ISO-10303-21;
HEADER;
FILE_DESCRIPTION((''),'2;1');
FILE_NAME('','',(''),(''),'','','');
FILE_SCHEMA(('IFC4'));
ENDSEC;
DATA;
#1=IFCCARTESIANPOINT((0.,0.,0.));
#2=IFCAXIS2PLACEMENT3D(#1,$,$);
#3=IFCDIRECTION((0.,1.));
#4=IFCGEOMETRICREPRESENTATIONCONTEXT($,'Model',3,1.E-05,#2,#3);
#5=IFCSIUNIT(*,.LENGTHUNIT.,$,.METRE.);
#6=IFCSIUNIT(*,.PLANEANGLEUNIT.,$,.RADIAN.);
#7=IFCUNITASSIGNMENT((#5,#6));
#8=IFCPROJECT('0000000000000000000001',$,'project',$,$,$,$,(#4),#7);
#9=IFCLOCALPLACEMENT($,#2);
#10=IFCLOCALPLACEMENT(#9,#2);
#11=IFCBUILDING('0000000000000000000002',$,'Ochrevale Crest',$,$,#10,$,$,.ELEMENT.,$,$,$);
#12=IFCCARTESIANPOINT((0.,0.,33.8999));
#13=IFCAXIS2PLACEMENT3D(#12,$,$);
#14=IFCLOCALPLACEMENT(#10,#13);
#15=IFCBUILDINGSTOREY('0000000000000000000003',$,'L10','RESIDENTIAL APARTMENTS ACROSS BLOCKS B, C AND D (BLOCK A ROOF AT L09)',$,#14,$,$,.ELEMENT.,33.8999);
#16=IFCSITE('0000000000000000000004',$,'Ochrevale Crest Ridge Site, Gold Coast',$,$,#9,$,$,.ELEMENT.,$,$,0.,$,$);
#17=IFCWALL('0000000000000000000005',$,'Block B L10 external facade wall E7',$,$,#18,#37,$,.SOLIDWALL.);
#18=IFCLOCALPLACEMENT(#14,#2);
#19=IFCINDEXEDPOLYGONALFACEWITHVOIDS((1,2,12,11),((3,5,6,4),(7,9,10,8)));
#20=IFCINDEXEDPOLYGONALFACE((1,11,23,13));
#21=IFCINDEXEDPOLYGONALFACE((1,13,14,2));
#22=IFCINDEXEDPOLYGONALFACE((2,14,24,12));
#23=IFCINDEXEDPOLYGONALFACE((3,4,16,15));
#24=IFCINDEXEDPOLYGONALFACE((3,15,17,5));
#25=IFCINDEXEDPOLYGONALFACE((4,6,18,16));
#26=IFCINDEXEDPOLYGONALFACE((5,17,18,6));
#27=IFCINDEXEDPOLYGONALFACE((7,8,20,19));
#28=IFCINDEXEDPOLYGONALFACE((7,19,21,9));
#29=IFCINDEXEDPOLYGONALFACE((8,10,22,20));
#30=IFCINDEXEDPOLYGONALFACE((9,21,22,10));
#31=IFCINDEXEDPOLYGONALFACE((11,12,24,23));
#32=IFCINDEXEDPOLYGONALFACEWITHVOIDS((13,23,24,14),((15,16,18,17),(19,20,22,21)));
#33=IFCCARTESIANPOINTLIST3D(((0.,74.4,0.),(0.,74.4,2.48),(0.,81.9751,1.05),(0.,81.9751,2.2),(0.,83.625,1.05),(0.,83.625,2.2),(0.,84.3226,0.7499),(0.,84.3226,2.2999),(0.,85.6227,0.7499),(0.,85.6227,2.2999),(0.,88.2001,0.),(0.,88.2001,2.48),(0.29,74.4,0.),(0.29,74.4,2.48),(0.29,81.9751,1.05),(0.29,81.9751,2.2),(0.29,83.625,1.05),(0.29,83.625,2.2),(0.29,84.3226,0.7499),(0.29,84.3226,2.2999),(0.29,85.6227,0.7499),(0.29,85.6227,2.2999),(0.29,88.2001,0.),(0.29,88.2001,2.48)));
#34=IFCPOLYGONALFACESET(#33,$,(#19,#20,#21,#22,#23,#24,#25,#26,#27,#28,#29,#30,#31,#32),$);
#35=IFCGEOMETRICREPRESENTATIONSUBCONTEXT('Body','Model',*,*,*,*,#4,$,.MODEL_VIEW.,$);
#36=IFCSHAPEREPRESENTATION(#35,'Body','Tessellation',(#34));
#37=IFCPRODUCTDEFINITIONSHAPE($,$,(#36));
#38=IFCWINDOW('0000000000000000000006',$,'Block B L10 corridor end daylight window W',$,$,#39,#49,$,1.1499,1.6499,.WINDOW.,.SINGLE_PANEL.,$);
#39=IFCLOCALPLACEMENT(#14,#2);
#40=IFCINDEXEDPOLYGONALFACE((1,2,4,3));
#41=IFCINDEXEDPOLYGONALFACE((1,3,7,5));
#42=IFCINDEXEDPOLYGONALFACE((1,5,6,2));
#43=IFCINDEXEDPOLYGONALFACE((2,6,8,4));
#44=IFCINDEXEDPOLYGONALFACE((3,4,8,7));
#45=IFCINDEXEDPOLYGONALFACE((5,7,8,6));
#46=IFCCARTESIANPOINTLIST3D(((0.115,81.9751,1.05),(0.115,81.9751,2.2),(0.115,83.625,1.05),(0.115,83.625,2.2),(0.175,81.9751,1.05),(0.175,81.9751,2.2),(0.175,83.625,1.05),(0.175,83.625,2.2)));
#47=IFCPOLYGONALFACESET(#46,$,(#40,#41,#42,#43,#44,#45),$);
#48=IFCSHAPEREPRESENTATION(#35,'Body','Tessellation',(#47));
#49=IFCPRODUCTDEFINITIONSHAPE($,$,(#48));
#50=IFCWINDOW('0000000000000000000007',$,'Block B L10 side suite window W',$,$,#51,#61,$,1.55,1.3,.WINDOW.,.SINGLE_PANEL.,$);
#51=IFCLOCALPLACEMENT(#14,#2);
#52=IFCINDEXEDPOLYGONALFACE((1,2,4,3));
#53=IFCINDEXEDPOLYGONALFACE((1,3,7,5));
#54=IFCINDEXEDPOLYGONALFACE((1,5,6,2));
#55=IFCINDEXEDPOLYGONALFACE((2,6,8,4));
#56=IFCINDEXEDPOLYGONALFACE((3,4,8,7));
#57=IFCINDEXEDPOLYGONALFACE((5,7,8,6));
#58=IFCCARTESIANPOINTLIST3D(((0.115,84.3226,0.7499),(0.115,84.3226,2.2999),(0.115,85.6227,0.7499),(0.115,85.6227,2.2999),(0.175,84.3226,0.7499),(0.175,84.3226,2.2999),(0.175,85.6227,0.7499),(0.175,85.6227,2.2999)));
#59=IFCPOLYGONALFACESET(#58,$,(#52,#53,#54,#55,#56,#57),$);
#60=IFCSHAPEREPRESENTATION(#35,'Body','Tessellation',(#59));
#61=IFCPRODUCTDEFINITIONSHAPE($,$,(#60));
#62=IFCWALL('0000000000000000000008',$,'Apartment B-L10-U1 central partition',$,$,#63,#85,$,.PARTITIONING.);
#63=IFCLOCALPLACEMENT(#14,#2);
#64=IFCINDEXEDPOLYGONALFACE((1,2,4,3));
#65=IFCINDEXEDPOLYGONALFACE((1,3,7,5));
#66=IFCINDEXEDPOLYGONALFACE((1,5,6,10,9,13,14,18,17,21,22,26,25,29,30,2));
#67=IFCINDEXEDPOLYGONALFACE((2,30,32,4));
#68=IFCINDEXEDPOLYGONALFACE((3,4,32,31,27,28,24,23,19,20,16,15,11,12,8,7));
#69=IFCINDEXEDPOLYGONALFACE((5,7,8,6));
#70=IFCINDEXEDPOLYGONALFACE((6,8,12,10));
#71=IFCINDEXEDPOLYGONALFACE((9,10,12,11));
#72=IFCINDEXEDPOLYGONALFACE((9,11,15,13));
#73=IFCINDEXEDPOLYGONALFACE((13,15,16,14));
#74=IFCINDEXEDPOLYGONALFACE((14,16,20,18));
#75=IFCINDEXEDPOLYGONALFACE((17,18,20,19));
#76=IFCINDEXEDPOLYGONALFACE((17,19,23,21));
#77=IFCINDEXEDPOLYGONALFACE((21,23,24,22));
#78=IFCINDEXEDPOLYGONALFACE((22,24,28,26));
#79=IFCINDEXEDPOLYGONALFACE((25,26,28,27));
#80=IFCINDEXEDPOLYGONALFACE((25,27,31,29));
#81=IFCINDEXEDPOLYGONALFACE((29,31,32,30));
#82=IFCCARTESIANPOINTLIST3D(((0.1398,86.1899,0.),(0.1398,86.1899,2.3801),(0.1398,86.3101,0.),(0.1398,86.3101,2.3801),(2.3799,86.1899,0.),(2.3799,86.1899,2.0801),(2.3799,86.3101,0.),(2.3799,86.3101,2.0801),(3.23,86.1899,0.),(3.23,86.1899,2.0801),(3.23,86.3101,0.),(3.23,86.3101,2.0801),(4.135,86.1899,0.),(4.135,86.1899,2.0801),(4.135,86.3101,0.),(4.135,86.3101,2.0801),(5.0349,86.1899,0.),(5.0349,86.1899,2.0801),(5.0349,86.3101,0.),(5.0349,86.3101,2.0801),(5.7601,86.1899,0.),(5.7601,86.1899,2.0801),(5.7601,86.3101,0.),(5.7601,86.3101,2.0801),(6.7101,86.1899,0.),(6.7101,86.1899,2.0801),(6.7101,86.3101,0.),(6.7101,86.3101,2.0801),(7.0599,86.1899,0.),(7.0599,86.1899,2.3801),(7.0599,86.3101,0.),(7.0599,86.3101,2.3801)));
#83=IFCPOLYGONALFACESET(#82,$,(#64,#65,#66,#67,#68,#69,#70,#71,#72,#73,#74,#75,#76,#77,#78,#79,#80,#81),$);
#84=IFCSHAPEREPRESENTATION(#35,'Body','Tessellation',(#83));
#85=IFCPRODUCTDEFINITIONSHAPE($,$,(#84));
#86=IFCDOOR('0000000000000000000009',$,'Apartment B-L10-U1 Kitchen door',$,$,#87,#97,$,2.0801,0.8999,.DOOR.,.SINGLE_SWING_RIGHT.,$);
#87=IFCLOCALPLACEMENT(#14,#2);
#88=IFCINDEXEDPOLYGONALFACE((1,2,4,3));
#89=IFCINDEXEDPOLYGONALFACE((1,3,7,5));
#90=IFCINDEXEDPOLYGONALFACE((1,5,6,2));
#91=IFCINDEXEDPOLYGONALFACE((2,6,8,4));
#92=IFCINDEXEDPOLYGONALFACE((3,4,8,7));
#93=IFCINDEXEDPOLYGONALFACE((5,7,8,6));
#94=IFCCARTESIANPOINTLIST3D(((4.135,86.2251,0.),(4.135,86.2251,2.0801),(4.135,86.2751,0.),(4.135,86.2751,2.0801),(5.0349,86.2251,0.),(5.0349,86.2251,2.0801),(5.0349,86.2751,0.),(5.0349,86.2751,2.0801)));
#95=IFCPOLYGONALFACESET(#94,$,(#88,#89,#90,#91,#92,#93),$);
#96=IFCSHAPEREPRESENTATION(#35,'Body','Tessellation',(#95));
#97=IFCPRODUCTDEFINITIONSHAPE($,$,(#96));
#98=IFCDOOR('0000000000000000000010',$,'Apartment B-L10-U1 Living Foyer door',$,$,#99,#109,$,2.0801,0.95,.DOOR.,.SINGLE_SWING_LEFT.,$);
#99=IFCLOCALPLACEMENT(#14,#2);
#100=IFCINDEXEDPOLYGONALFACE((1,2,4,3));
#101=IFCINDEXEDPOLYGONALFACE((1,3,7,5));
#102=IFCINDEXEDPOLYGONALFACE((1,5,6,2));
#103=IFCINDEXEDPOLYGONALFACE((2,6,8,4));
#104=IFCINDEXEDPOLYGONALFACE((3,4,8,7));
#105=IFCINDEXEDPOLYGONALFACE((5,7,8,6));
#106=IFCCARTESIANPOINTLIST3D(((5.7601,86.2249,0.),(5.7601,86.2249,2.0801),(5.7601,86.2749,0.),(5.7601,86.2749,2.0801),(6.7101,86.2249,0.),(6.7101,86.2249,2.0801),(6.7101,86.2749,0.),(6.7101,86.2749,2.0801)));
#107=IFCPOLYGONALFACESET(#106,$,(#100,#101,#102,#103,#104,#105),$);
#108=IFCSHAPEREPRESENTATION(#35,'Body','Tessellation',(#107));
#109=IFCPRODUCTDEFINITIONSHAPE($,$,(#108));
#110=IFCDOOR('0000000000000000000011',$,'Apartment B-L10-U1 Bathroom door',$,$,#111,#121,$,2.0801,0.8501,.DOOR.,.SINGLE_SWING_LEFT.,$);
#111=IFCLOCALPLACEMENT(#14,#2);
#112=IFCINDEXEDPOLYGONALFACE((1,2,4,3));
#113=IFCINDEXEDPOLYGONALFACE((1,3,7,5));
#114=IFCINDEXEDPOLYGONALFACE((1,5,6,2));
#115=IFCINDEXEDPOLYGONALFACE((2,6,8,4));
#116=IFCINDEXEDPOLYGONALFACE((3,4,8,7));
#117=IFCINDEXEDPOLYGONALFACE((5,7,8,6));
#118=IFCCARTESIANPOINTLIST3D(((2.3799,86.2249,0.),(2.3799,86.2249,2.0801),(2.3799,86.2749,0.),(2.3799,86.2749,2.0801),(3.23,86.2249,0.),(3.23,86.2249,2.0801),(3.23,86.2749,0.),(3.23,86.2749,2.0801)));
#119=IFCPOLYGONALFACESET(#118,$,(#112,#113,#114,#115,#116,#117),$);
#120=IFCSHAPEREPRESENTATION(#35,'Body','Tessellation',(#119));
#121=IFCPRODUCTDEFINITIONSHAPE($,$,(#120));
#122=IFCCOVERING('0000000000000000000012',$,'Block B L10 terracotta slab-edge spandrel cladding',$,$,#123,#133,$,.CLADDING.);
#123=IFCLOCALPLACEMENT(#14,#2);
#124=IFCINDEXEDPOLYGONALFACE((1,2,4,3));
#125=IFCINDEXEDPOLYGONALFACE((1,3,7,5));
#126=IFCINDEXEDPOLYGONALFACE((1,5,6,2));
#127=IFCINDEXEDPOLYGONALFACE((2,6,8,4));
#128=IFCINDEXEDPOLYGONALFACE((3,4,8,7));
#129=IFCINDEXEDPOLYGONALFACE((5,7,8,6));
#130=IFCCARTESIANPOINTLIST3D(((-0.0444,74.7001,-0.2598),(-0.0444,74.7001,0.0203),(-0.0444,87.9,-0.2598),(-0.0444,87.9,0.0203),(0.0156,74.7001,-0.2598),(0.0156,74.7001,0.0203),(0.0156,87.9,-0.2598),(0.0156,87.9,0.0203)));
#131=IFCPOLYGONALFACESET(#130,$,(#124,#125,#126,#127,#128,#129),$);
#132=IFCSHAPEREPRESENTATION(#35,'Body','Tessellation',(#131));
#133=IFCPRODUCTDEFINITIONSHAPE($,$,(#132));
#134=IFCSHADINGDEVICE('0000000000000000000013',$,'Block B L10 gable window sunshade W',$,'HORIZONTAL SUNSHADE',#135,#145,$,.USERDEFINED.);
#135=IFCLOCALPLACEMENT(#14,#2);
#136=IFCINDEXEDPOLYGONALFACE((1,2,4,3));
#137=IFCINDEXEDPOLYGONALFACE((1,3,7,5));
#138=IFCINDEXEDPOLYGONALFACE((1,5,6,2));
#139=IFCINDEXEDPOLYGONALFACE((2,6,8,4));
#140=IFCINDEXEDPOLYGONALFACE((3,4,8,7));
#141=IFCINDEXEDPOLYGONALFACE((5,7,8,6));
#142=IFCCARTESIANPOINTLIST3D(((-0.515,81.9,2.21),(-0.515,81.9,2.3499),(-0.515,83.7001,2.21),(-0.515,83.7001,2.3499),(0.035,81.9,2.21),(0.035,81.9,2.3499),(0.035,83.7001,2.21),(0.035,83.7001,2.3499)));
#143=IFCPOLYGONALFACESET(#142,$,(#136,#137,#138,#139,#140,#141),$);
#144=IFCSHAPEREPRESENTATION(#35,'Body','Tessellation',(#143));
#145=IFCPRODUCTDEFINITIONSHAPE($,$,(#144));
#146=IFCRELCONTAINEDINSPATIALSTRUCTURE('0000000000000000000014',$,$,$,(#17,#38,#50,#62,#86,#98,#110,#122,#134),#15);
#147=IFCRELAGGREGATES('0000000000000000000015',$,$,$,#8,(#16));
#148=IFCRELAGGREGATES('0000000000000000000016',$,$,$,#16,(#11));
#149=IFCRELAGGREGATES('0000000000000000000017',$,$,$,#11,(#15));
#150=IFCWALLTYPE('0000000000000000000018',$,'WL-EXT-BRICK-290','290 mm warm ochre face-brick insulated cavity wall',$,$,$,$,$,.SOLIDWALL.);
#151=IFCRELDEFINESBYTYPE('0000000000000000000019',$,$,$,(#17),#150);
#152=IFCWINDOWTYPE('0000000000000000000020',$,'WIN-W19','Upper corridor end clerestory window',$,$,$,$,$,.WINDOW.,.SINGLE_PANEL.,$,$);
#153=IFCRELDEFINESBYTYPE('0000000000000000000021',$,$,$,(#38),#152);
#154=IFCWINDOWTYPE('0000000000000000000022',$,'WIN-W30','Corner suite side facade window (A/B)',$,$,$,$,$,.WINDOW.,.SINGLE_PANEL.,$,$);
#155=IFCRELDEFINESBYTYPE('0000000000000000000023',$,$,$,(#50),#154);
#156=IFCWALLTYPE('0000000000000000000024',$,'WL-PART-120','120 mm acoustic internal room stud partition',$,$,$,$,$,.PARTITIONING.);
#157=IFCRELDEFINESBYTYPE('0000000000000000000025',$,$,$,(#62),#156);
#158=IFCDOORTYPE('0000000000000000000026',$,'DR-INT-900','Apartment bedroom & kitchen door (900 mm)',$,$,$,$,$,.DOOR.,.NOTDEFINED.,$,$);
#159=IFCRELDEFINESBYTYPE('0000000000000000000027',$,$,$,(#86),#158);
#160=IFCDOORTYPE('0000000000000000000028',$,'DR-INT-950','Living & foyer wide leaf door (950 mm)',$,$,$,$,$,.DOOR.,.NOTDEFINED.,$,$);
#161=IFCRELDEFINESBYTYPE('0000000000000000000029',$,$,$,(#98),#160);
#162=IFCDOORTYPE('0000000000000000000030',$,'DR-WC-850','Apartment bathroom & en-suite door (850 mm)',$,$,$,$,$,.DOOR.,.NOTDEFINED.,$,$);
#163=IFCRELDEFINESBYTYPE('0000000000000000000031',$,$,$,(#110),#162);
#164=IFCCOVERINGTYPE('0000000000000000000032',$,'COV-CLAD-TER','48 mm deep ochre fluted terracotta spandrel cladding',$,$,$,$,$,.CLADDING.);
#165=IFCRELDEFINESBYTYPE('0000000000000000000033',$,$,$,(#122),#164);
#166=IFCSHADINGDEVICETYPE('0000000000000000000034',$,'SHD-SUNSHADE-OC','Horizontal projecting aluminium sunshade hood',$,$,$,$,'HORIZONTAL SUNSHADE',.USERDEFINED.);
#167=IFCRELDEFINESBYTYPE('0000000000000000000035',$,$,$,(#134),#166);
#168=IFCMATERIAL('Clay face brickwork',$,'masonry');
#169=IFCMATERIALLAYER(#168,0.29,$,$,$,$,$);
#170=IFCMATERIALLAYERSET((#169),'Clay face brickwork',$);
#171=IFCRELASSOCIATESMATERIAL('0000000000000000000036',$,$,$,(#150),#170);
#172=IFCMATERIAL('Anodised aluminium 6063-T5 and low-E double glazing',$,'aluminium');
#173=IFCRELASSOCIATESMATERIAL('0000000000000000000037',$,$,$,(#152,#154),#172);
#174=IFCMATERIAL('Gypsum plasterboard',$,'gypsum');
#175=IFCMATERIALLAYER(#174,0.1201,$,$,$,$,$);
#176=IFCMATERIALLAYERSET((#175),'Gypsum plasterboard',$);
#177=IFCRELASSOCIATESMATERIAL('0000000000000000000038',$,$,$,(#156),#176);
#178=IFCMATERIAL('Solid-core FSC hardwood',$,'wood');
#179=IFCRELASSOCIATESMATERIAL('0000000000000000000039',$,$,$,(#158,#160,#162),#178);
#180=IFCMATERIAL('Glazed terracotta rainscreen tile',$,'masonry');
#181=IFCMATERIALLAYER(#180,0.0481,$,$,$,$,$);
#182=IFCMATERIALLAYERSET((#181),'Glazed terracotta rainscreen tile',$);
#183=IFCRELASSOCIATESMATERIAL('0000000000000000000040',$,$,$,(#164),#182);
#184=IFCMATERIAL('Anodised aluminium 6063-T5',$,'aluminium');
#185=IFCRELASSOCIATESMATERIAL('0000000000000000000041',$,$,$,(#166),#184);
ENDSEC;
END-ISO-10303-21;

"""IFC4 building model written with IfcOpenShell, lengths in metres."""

from ifc_helpers import new_model, si_unit, direction, frame, frame_2d, origin, origin_2d, place, context, subcontext, project, spatial, rectangle, extrude, material, layer, layer_set, type_object, element, fill, save


model = new_model("IFC4")

# Units and contexts
model_context = context("Model", 3, precision=1e-05, world=origin(), true_north=direction((0.0, 1.0)))
body_context = subcontext(model_context, "Body", "Model", "MODEL_VIEW")
ifc_project = project(units=[si_unit("LENGTHUNIT", "METRE"), si_unit("PLANEANGLEUNIT", "RADIAN")], contexts=[model_context])

# Site, building, storey
site_placement = place(None, origin())
site = spatial("IfcSite", under=ifc_project, at=site_placement, Name="Ochrevale Crest Ridge Site, Gold Coast", CompositionType="ELEMENT", RefElevation=0.0)
building_placement = place(site_placement, origin())
building = spatial("IfcBuilding", under=site, at=building_placement, Name="Ochrevale Crest", CompositionType="ELEMENT")
storey_placement = place(building_placement, frame((0.0, 0.0, 33.8999)))
storey = spatial("IfcBuildingStorey", under=building, at=storey_placement, Name="L10", Description="RESIDENTIAL APARTMENTS ACROSS BLOCKS B, C AND D (BLOCK A ROOF AT L09)", CompositionType="ELEMENT", Elevation=33.8999)

# Shared definitions
ifc_material_1 = material(Name="Anodised aluminium 6063-T5", Category="aluminium")

# Shared definitions
ifc_material_2 = material(Name="Gypsum plasterboard", Category="gypsum")
ifc_material_3 = material(Name="Solid-core FSC hardwood", Category="wood")

# Wall, openings, windows
ifc_material_4 = material(Name="Clay face brickwork", Category="masonry")
ifc_layer_1 = layer(ifc_material_4, 0.29)
ifc_layer_set_1 = layer_set([ifc_layer_1], Name="Clay face brickwork")
wall_type_1 = type_object("IfcWallType", Name="WL-EXT-BRICK-290", Description="290 mm warm ochre face-brick insulated cavity wall", PredefinedType="SOLIDWALL", material=ifc_layer_set_1)
wall_1_placement = place(storey_placement, frame((0.145, 88.2, 0.0), z_axis=(0.0, 0.0, 1.0), x_axis=(0.0, -1.0, 0.0)))
wall_1 = element("IfcWall", 1, at=wall_1_placement, inside=storey, type_object=wall_type_1, Name="Block B L10 external facade wall E7", PredefinedType="SOLIDWALL", context=body_context, shape_type="SweptSolid", body=[
    extrude(rectangle(XDim=13.8, YDim=0.29, at=frame_2d((6.8999, 0.0))), origin(), (0.0, 0.0, 1.0), 2.48),
])
opening_1_placement = place(wall_1_placement, frame((4.575, 0.0, 1.05)))
opening_1 = element("IfcOpeningElement", 2, at=opening_1_placement, cuts=wall_1, PredefinedType="OPENING", context=body_context, shape_type="SweptSolid", body=[
    extrude(rectangle(XDim=1.6499, YDim=1.1499, at=frame_2d((0.825, 0.575))), frame((0.0, 0.155, 0.0), z_axis=(0.0, -1.0, 0.0), x_axis=(1.0, 0.0, 0.0)), (0.0, 0.0, 1.0), 0.3101),
])
opening_2_placement = place(wall_1_placement, frame((2.5774, 0.0, 0.75)))
opening_2 = element("IfcOpeningElement", 3, at=opening_2_placement, cuts=wall_1, PredefinedType="OPENING", context=body_context, shape_type="SweptSolid", body=[
    extrude(rectangle(XDim=1.3, YDim=1.55, at=frame_2d((0.6499, 0.7749))), frame((0.0, 0.155, 0.0), z_axis=(0.0, -1.0, 0.0), x_axis=(1.0, 0.0, 0.0)), (0.0, 0.0, 1.0), 0.3101),
])
ifc_material_5 = material(Name="Anodised aluminium 6063-T5 and low-E double glazing", Category="aluminium")
window_type_1 = type_object("IfcWindowType", Name="WIN-W19", Description="Upper corridor end clerestory window", PartitioningType="SINGLE_PANEL", PredefinedType="WINDOW", material=ifc_material_5)
window_1_placement = place(opening_1_placement, origin())
window_1 = element("IfcWindow", 4, at=window_1_placement, inside=storey, type_object=window_type_1, Name="Block B L10 corridor end daylight window W", OverallHeight=1.1499, OverallWidth=1.6499, PartitioningType="SINGLE_PANEL", PredefinedType="WINDOW", context=body_context, shape_type="SweptSolid", body=[
    extrude(rectangle(XDim=1.6499, YDim=1.1499, at=frame_2d((0.825, 0.575))), frame((0.0, 0.03, 0.0), z_axis=(0.0, -1.0, 0.0), x_axis=(1.0, 0.0, 0.0)), (0.0, 0.0, 1.0), 0.0601),
])
fill(opening_1, window_1)
window_type_2 = type_object("IfcWindowType", Name="WIN-W30", Description="Corner suite side facade window (A/B)", PartitioningType="SINGLE_PANEL", PredefinedType="WINDOW", material=ifc_material_5)
window_2_placement = place(opening_2_placement, origin())
window_2 = element("IfcWindow", 5, at=window_2_placement, inside=storey, type_object=window_type_2, Name="Block B L10 side suite window W", OverallHeight=1.55, OverallWidth=1.3, PartitioningType="SINGLE_PANEL", PredefinedType="WINDOW", context=body_context, shape_type="SweptSolid", body=[
    extrude(rectangle(XDim=1.3, YDim=1.55, at=frame_2d((0.6499, 0.7749))), frame((0.0, 0.03, 0.0), z_axis=(0.0, -1.0, 0.0), x_axis=(1.0, 0.0, 0.0)), (0.0, 0.0, 1.0), 0.0601),
])
fill(opening_2, window_2)

# Wall, openings, doors
ifc_layer_2 = layer(ifc_material_2, 0.1201)
ifc_layer_set_2 = layer_set([ifc_layer_2], Name="Gypsum plasterboard")
wall_type_2 = type_object("IfcWallType", Name="WL-PART-120", Description="120 mm acoustic internal room stud partition", PredefinedType="PARTITIONING", material=ifc_layer_set_2)
wall_2_placement = place(storey_placement, frame((0.1399, 86.25, 0.0), z_axis=(0.0, 0.0, 1.0), x_axis=(1.0, 0.0, 0.0)))
wall_2 = element("IfcWall", 6, at=wall_2_placement, inside=storey, type_object=wall_type_2, Name="Apartment B-L10-U1 central partition", PredefinedType="PARTITIONING", context=body_context, shape_type="SweptSolid", body=[
    extrude(rectangle(XDim=6.9202, YDim=0.1201, at=frame_2d((3.46, 0.0))), origin(), (0.0, 0.0, 1.0), 2.3801),
])
opening_3_placement = place(wall_2_placement, frame((2.24, 0.0, 0.0)))
opening_3 = element("IfcOpeningElement", 7, at=opening_3_placement, cuts=wall_2, PredefinedType="OPENING", context=body_context, shape_type="SweptSolid", body=[
    extrude(rectangle(XDim=0.8501, YDim=2.0801, at=frame_2d((0.425, 1.04))), frame((0.0, 0.0701, 0.0), z_axis=(0.0, -1.0, 0.0), x_axis=(1.0, 0.0, 0.0)), (0.0, 0.0, 1.0), 0.1401),
])
opening_4_placement = place(wall_2_placement, frame((4.895, 0.0, 0.0), z_axis=(0.0, 0.0, 1.0), x_axis=(-1.0, 0.0, 0.0)))
opening_4 = element("IfcOpeningElement", 8, at=opening_4_placement, cuts=wall_2, PredefinedType="OPENING", context=body_context, shape_type="SweptSolid", body=[
    extrude(rectangle(XDim=0.8999, YDim=2.0801, at=frame_2d((0.45, 1.04))), frame((0.0, 0.0701, 0.0), z_axis=(0.0, -1.0, 0.0), x_axis=(1.0, 0.0, 0.0)), (0.0, 0.0, 1.0), 0.1401),
])
opening_5_placement = place(wall_2_placement, frame((5.6201, 0.0, 0.0)))
opening_5 = element("IfcOpeningElement", 9, at=opening_5_placement, cuts=wall_2, PredefinedType="OPENING", context=body_context, shape_type="SweptSolid", body=[
    extrude(rectangle(XDim=0.95, YDim=2.0801, at=frame_2d((0.4751, 1.04))), frame((0.0, 0.0701, 0.0), z_axis=(0.0, -1.0, 0.0), x_axis=(1.0, 0.0, 0.0)), (0.0, 0.0, 1.0), 0.1401),
])
door_type_1 = type_object("IfcDoorType", Name="DR-INT-900", Description="Apartment bedroom & kitchen door (900 mm)", OperationType="NOTDEFINED", PredefinedType="DOOR", material=ifc_material_3)
door_1_placement = place(opening_4_placement, origin())
door_1 = element("IfcDoor", 10, at=door_1_placement, inside=storey, type_object=door_type_1, Name="Apartment B-L10-U1 Kitchen door", OperationType="SINGLE_SWING_RIGHT", OverallHeight=2.0801, OverallWidth=0.8999, PredefinedType="DOOR", context=body_context, shape_type="SweptSolid", body=[
    extrude(rectangle(XDim=0.8999, YDim=2.0801, at=frame_2d((0.45, 1.04))), frame((0.0, 0.0249, 0.0), z_axis=(0.0, -1.0, 0.0), x_axis=(1.0, 0.0, 0.0)), (0.0, 0.0, 1.0), 0.05),
])
fill(opening_4, door_1)
door_type_2 = type_object("IfcDoorType", Name="DR-INT-950", Description="Living & foyer wide leaf door (950 mm)", OperationType="NOTDEFINED", PredefinedType="DOOR", material=ifc_material_3)
door_2_placement = place(opening_5_placement, origin())
door_2 = element("IfcDoor", 11, at=door_2_placement, inside=storey, type_object=door_type_2, Name="Apartment B-L10-U1 Living Foyer door", OperationType="SINGLE_SWING_LEFT", OverallHeight=2.0801, OverallWidth=0.95, PredefinedType="DOOR", context=body_context, shape_type="SweptSolid", body=[
    extrude(rectangle(XDim=0.95, YDim=2.0801, at=frame_2d((0.4751, 1.04))), frame((0.0, 0.0249, 0.0), z_axis=(0.0, -1.0, 0.0), x_axis=(1.0, 0.0, 0.0)), (0.0, 0.0, 1.0), 0.05),
])
fill(opening_5, door_2)
door_type_3 = type_object("IfcDoorType", Name="DR-WC-850", Description="Apartment bathroom & en-suite door (850 mm)", OperationType="NOTDEFINED", PredefinedType="DOOR", material=ifc_material_3)
door_3_placement = place(opening_3_placement, origin())
door_3 = element("IfcDoor", 12, at=door_3_placement, inside=storey, type_object=door_type_3, Name="Apartment B-L10-U1 Bathroom door", OperationType="SINGLE_SWING_LEFT", OverallHeight=2.0801, OverallWidth=0.8501, PredefinedType="DOOR", context=body_context, shape_type="SweptSolid", body=[
    extrude(rectangle(XDim=0.8501, YDim=2.0801, at=frame_2d((0.425, 1.04))), frame((0.0, 0.0249, 0.0), z_axis=(0.0, -1.0, 0.0), x_axis=(1.0, 0.0, 0.0)), (0.0, 0.0, 1.0), 0.05),
])
fill(opening_3, door_3)

# Covering
ifc_material_6 = material(Name="Glazed terracotta rainscreen tile", Category="masonry")
ifc_layer_3 = layer(ifc_material_6, 0.0481)
ifc_layer_set_3 = layer_set([ifc_layer_3], Name="Glazed terracotta rainscreen tile")
covering_type = type_object("IfcCoveringType", Name="COV-CLAD-TER", Description="48 mm deep ochre fluted terracotta spandrel cladding", PredefinedType="CLADDING", material=ifc_layer_set_3)
covering_placement = place(storey_placement, frame((-0.0144, 81.3, -0.2598), z_axis=(0.0, 0.0, 1.0), x_axis=(0.0, -1.0, 0.0)))
element("IfcCovering", 13, at=covering_placement, inside=storey, type_object=covering_type, Name="Block B L10 terracotta slab-edge spandrel cladding", PredefinedType="CLADDING", context=body_context, shape_type="SweptSolid", body=[
    extrude(rectangle(XDim=13.2, YDim=0.0601, at=origin_2d()), origin(), (0.0, 0.0, 1.0), 0.28),
])

# Shading device
shading_device_type = type_object("IfcShadingDeviceType", Name="SHD-SUNSHADE-OC", Description="Horizontal projecting aluminium sunshade hood", ElementType="HORIZONTAL SUNSHADE", PredefinedType="USERDEFINED", material=ifc_material_1)
shading_device_placement = place(storey_placement, frame((-0.24, 82.8, 2.21), z_axis=(0.0, 0.0, 1.0), x_axis=(1.0, 0.0, 0.0)))
element("IfcShadingDevice", 14, at=shading_device_placement, inside=storey, type_object=shading_device_type, Name="Block B L10 gable window sunshade W", ObjectType="HORIZONTAL SUNSHADE", PredefinedType="USERDEFINED", context=body_context, shape_type="SweptSolid", body=[
    extrude(rectangle(XDim=0.55, YDim=1.8, at=origin_2d()), origin(), (0.0, 0.0, 1.0), 0.1399),
])

save(model, "model.ifc")
